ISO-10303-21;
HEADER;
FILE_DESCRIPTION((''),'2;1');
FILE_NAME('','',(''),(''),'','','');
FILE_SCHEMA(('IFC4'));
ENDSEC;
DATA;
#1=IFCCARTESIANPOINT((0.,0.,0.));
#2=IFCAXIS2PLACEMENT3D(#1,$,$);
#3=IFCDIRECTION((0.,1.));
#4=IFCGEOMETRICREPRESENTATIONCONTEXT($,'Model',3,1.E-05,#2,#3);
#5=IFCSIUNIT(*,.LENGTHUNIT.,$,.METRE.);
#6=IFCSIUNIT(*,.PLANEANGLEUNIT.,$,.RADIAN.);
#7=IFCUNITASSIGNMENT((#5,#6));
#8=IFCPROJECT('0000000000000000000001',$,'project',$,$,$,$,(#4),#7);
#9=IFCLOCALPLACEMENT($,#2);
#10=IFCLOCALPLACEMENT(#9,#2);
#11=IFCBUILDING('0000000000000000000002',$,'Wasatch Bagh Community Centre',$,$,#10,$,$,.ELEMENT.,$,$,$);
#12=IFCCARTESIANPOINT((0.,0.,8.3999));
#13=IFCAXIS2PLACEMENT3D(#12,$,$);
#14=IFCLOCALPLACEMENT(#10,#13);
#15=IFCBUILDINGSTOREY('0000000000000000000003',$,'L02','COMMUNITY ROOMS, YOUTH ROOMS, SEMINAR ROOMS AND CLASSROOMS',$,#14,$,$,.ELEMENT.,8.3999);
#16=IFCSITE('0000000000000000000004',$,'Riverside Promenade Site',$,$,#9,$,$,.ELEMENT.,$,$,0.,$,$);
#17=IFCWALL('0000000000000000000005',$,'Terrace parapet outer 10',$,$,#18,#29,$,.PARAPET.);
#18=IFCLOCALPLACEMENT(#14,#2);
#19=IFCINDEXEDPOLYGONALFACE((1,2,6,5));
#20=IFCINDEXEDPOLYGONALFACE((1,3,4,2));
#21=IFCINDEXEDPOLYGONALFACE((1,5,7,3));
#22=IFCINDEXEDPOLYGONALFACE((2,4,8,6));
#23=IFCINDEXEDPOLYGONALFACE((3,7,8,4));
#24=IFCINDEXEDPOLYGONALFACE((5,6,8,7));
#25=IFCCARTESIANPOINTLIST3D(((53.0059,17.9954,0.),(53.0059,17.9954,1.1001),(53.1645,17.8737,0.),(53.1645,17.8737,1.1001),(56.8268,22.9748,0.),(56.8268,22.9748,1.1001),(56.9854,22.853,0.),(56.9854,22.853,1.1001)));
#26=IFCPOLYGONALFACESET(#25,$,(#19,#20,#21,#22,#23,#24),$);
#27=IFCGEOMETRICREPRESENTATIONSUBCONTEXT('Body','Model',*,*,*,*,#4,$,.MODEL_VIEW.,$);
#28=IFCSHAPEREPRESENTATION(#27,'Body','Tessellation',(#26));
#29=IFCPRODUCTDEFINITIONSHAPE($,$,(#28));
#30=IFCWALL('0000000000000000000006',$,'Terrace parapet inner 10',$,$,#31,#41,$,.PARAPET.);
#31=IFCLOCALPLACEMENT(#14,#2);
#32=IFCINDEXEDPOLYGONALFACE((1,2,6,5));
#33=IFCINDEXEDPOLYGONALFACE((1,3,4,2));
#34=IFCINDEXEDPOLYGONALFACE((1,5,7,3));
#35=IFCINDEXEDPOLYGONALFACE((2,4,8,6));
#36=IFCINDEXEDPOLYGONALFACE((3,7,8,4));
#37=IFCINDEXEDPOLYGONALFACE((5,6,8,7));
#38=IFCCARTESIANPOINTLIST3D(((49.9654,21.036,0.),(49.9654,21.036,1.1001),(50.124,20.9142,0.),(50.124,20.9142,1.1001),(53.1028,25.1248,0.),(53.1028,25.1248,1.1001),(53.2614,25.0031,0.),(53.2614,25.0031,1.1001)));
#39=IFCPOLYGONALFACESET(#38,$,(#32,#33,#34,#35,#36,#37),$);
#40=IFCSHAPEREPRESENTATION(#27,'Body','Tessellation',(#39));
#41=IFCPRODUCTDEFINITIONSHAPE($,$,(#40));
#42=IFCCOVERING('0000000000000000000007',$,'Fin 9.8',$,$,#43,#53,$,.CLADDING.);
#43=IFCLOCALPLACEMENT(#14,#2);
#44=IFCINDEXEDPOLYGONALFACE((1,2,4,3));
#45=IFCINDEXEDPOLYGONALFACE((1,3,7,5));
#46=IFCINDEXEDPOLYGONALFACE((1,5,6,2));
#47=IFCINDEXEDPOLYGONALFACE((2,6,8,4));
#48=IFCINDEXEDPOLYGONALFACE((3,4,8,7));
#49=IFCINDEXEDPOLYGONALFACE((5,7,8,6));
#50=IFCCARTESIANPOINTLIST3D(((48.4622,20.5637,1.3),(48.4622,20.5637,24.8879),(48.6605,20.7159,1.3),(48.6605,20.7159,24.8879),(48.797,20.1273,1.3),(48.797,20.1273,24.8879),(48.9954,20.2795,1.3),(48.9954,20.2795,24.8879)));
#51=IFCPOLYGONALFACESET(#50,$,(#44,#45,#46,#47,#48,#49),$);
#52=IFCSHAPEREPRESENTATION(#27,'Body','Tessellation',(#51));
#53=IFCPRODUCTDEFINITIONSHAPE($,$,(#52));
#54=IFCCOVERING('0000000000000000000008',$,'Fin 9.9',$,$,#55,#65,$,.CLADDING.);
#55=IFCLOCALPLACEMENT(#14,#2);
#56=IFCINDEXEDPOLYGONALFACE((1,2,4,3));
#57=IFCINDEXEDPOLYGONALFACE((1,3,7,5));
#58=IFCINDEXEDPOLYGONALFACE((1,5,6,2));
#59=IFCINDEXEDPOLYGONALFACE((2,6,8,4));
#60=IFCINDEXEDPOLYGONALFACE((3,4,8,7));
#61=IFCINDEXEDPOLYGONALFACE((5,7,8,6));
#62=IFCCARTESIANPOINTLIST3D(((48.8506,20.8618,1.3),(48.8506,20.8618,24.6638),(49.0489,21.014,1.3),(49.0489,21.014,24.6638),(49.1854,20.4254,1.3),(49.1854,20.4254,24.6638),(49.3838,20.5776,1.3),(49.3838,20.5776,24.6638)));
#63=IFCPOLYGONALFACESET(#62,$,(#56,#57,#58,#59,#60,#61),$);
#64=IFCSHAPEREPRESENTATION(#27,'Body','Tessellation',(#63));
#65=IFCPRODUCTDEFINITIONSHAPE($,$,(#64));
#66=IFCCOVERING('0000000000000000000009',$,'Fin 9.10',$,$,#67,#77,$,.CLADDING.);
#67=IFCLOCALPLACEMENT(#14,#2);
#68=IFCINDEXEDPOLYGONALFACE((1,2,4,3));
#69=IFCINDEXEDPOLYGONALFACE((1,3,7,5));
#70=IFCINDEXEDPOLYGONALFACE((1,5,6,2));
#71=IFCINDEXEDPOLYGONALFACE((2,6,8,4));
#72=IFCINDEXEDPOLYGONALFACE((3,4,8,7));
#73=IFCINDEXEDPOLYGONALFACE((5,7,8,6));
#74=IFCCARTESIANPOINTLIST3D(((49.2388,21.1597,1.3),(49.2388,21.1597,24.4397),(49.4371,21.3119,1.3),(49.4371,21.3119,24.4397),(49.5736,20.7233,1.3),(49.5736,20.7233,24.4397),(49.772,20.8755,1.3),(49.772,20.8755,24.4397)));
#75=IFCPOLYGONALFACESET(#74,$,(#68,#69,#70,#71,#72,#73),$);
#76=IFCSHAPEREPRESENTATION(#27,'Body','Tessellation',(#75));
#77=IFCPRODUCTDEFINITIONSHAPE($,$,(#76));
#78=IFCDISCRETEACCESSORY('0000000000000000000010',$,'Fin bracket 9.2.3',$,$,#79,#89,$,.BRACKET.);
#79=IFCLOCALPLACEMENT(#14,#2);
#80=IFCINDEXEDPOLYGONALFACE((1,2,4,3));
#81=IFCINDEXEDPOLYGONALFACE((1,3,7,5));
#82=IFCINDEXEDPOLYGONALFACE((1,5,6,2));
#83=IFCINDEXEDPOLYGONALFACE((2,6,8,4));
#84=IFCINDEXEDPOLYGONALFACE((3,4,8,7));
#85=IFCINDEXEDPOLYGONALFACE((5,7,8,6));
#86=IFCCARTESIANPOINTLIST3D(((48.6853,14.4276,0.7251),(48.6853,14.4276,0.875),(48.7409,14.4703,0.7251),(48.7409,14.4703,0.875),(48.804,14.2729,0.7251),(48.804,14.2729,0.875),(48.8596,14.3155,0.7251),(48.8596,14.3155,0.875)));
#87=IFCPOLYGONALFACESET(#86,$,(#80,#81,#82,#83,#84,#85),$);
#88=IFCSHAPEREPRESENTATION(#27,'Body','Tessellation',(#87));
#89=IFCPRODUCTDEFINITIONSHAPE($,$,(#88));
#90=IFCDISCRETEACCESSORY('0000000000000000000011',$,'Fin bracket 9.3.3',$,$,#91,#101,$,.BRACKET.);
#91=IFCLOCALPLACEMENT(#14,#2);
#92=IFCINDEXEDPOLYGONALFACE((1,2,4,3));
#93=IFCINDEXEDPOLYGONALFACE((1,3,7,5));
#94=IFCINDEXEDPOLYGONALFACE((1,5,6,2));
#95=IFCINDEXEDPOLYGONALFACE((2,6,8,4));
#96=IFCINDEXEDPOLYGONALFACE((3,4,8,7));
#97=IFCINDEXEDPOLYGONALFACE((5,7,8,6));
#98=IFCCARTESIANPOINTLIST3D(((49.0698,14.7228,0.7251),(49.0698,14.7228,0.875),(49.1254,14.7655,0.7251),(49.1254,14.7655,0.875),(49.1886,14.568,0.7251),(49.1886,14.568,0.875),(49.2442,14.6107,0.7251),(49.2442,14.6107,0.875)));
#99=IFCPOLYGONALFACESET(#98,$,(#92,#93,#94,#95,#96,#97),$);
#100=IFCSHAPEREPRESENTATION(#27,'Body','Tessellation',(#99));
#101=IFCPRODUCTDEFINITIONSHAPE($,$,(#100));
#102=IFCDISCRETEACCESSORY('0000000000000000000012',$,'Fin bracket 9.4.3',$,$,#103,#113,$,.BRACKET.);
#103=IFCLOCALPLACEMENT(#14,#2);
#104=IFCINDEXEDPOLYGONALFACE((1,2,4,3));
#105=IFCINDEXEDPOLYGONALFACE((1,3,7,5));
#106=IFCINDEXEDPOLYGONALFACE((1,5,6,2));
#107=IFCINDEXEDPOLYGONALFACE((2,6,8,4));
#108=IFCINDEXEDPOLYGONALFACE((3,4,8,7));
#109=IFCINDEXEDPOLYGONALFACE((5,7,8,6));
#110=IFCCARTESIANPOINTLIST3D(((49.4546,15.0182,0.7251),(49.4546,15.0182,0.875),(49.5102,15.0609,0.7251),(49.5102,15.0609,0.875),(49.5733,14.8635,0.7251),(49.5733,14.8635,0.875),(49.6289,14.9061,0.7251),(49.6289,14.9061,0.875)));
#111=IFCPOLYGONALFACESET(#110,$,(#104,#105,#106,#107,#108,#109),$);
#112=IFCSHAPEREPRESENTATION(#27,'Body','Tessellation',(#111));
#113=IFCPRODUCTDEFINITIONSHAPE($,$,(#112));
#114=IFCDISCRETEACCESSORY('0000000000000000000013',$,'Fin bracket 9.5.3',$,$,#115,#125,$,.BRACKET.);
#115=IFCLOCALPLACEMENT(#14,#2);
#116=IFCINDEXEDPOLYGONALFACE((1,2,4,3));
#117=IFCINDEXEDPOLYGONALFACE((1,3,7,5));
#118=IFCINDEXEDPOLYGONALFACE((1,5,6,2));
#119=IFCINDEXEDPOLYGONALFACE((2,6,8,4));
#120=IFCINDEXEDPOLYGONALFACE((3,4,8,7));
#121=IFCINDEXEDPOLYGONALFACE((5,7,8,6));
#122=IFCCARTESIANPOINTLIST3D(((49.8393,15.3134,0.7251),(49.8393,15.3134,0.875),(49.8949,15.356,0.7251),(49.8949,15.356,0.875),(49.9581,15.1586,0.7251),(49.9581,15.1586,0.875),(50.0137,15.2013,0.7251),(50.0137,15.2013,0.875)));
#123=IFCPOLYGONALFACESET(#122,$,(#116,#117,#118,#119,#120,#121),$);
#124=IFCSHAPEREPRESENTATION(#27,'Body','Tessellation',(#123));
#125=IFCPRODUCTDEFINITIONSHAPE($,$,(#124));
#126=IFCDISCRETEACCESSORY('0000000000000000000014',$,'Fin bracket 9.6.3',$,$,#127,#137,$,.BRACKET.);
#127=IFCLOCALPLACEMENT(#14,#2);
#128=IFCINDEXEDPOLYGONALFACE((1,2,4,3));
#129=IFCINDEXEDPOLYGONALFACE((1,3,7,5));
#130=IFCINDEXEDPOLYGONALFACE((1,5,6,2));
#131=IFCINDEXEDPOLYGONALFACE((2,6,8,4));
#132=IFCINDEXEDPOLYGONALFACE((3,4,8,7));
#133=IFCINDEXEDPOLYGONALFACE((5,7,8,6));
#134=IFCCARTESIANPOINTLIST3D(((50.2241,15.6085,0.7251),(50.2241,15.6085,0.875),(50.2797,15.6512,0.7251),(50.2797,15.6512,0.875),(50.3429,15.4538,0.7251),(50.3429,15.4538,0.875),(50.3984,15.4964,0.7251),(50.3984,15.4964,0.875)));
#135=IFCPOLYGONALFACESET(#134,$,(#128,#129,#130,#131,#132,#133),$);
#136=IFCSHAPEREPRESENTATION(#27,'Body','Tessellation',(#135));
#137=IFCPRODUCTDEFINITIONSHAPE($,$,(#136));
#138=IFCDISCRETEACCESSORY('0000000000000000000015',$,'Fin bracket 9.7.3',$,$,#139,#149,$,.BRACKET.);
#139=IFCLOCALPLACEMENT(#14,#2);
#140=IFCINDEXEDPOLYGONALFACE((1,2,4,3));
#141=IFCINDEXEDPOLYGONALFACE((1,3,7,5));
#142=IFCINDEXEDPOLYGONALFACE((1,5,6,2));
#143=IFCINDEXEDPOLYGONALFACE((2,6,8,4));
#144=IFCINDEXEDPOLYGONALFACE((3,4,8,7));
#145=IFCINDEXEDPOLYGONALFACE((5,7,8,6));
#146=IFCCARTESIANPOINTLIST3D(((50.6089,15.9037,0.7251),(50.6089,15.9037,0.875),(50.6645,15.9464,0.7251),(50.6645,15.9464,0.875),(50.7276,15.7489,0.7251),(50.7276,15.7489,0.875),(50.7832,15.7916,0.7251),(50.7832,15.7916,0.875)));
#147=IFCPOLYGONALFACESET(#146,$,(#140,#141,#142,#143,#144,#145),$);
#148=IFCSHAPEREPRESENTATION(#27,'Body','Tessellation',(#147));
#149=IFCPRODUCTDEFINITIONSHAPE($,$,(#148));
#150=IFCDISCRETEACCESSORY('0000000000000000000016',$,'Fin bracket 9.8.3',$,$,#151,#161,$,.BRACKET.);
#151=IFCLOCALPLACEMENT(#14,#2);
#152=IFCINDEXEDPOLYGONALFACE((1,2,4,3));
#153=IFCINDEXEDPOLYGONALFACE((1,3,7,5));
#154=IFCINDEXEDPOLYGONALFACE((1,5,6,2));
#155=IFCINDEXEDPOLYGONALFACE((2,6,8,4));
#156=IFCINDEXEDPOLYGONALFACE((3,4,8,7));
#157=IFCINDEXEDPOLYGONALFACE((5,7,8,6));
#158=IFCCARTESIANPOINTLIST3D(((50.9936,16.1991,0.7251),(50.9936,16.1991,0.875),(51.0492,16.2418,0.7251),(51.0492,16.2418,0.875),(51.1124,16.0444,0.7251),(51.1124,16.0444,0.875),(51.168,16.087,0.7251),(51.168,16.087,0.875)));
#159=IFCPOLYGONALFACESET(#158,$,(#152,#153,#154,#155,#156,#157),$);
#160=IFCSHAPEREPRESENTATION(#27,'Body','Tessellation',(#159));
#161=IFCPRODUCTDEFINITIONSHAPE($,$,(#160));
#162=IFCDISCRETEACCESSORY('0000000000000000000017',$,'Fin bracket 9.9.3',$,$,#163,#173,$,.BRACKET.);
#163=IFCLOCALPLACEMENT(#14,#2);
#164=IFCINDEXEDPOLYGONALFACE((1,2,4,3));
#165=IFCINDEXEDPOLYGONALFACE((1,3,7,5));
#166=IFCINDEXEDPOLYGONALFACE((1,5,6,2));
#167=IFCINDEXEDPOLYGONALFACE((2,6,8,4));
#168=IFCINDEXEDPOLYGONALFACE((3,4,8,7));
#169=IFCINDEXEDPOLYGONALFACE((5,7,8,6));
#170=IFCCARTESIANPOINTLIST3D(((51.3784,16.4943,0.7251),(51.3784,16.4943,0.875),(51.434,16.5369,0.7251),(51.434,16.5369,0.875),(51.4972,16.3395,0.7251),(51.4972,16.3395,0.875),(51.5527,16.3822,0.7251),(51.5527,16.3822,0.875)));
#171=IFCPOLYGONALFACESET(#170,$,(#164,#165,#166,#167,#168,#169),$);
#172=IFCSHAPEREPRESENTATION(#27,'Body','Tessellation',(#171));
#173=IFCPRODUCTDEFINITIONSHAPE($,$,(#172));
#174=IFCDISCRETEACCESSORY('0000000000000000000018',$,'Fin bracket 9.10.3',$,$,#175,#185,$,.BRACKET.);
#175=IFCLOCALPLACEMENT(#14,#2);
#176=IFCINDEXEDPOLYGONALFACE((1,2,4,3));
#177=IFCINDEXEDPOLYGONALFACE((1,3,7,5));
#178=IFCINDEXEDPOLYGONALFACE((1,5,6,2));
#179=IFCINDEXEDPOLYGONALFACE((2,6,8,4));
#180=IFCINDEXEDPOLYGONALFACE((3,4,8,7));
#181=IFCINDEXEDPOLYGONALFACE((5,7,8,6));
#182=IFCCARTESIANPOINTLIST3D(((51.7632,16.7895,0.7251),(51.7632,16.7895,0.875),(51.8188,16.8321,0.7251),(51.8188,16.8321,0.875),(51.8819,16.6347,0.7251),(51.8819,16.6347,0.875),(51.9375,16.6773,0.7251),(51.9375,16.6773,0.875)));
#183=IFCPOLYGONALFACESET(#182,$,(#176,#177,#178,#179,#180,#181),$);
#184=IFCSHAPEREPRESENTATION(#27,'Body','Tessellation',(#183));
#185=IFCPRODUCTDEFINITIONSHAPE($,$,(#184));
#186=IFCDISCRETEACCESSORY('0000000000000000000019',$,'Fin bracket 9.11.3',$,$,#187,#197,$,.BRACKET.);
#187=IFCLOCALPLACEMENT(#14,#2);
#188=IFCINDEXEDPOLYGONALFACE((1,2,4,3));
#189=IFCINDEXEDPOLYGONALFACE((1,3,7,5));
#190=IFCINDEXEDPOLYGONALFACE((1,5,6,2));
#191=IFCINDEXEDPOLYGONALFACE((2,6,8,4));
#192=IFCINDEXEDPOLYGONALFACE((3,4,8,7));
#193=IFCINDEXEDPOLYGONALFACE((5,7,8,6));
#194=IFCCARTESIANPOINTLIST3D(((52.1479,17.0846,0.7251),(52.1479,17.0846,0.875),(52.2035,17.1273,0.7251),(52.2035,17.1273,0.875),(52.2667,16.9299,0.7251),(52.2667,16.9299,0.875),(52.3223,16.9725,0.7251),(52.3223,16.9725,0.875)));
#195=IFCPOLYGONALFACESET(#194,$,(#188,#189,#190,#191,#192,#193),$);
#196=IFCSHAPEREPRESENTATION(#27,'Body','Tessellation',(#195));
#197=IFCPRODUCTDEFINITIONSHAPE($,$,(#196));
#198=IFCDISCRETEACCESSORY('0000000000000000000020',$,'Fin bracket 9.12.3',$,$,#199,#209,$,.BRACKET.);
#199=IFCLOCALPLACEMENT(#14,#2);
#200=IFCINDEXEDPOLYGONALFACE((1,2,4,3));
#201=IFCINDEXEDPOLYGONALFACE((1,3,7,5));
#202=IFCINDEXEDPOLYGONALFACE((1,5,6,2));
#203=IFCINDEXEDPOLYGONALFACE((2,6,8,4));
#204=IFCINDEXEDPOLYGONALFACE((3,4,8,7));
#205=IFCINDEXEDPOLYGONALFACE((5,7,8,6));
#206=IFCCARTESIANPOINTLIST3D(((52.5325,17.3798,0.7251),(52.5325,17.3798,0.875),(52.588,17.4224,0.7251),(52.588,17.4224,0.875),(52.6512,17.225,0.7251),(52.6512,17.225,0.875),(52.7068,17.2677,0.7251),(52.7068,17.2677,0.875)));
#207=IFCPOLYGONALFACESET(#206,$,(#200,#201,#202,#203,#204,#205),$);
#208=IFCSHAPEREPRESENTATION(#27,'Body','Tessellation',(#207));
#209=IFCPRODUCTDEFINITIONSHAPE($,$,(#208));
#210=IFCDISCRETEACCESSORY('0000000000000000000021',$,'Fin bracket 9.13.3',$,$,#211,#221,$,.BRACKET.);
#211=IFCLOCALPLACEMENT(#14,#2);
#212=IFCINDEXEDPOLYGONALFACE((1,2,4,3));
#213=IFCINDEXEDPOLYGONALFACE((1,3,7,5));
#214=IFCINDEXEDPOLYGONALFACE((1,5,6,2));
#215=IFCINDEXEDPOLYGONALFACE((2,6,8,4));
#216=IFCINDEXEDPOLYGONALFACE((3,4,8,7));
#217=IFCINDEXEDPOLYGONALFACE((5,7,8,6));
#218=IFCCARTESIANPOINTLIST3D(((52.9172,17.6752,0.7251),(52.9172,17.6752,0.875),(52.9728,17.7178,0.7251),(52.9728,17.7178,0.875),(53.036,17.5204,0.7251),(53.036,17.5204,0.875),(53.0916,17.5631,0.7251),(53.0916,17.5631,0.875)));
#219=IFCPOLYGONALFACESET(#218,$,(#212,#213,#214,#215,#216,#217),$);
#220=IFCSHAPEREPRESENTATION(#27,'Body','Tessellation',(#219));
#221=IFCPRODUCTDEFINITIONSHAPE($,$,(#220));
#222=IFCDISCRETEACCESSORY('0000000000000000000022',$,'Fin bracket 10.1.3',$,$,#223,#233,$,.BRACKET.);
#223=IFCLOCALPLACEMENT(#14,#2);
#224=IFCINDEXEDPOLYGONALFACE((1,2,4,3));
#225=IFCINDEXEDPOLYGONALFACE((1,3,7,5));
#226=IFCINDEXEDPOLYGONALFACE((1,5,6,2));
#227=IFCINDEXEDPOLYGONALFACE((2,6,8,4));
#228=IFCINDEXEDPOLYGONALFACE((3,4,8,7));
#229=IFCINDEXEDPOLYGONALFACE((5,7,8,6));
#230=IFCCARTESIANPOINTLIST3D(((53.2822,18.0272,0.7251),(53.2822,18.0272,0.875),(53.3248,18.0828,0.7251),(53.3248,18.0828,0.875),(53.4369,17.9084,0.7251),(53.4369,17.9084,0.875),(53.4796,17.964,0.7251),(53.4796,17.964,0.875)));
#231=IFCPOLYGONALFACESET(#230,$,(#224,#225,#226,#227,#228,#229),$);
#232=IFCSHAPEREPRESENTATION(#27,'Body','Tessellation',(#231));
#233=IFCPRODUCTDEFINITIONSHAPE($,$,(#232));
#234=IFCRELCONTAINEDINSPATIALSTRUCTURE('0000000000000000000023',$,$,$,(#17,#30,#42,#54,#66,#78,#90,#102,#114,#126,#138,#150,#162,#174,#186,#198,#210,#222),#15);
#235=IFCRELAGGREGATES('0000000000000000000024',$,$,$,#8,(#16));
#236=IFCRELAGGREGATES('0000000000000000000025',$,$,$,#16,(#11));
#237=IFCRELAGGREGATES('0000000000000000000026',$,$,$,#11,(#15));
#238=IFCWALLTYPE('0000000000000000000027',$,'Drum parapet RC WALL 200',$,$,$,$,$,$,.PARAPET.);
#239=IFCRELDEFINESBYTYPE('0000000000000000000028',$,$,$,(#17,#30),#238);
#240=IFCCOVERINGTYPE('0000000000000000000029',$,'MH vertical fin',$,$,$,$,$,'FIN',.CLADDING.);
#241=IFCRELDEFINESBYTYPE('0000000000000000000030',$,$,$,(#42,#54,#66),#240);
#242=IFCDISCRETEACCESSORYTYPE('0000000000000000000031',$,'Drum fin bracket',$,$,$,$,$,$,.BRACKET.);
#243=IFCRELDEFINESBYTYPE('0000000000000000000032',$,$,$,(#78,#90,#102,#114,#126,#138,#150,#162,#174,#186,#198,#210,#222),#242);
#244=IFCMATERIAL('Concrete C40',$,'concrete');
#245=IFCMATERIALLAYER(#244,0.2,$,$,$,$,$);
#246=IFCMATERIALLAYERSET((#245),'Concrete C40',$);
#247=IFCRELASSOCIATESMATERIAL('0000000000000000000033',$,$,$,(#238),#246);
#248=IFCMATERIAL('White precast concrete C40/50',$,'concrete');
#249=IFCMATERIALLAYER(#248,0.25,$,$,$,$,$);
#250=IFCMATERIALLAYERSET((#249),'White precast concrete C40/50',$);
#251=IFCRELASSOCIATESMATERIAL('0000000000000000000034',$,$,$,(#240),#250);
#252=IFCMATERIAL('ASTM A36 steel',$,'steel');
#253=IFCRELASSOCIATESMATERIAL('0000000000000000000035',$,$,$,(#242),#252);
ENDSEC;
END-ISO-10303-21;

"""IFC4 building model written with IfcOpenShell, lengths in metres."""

from ifc_helpers import new_model, si_unit, direction, frame, frame_2d, origin, origin_2d, place, context, subcontext, project, spatial, rectangle, extrude, material, layer, layer_set, type_object, element, save


model = new_model("IFC4")

# Units and contexts
model_context = context("Model", 3, precision=1e-05, world=origin(), true_north=direction((0.0, 1.0)))
body_context = subcontext(model_context, "Body", "Model", "MODEL_VIEW")
ifc_project = project(units=[si_unit("LENGTHUNIT", "METRE"), si_unit("PLANEANGLEUNIT", "RADIAN")], contexts=[model_context])

# Site, building, storey
site_placement = place(None, origin())
site = spatial("IfcSite", under=ifc_project, at=site_placement, Name="Riverside Promenade Site", CompositionType="ELEMENT", RefElevation=0.0)
building_placement = place(site_placement, origin())
building = spatial("IfcBuilding", under=site, at=building_placement, Name="Wasatch Bagh Community Centre", CompositionType="ELEMENT")
storey_placement = place(building_placement, frame((0.0, 0.0, 8.3999)))
storey = spatial("IfcBuildingStorey", under=building, at=storey_placement, Name="L02", Description="COMMUNITY ROOMS, YOUTH ROOMS, SEMINAR ROOMS AND CLASSROOMS", CompositionType="ELEMENT", Elevation=8.3999)

# Walls
ifc_material_1 = material(Name="Concrete C40", Category="concrete")
ifc_layer_1 = layer(ifc_material_1, 0.2)
ifc_layer_set_1 = layer_set([ifc_layer_1], Name="Concrete C40")
wall_type = type_object("IfcWallType", Name="Drum parapet RC WALL 200", PredefinedType="PARAPET", material=ifc_layer_set_1)
wall_1_placement = place(storey_placement, frame((53.0852, 17.9346, 0.0), z_axis=(0.0, 0.0, 1.0), x_axis=(0.60877, 0.793346, 0.0)))
element("IfcWall", 1, at=wall_1_placement, inside=storey, type_object=wall_type, Name="Terrace parapet outer 10", PredefinedType="PARAPET", context=body_context, shape_type="SweptSolid", body=[
    extrude(rectangle(XDim=6.2764, YDim=0.2, at=frame_2d((3.1382, 0.0))), origin(), (0.0, 0.0, 1.0), 1.1001),
])
wall_2_placement = place(storey_placement, frame((50.0447, 20.9751, 0.0), z_axis=(0.0, 0.0, 1.0), x_axis=(0.608756, 0.793358, 0.0)))
element("IfcWall", 2, at=wall_2_placement, inside=storey, type_object=wall_type, Name="Terrace parapet inner 10", PredefinedType="PARAPET", context=body_context, shape_type="SweptSolid", body=[
    extrude(rectangle(XDim=5.1538, YDim=0.2, at=frame_2d((2.5769, 0.0))), origin(), (0.0, 0.0, 1.0), 1.1001),
])

# Coverings
ifc_material_2 = material(Name="White precast concrete C40/50", Category="concrete")
ifc_layer_2 = layer(ifc_material_2, 0.25)
ifc_layer_set_2 = layer_set([ifc_layer_2], Name="White precast concrete C40/50")
covering_type = type_object("IfcCoveringType", Name="MH vertical fin", ElementType="FIN", PredefinedType="CLADDING", material=ifc_layer_set_2)
covering_1_placement = place(storey_placement, frame((48.7288, 20.4216, 1.3), z_axis=(0.0, 0.0, 1.0), x_axis=(0.793353, 0.608761, 0.0)))
element("IfcCovering", 3, at=covering_1_placement, inside=storey, type_object=covering_type, Name="Fin 9.8", PredefinedType="CLADDING", context=body_context, shape_type="SweptSolid", body=[
    extrude(rectangle(XDim=0.25, YDim=0.55, at=origin_2d()), origin(), (0.0, 0.0, 1.0), 23.5879),
])
covering_2_placement = place(storey_placement, frame((49.1172, 20.7197, 1.3), z_axis=(0.0, 0.0, 1.0), x_axis=(0.793353, 0.608761, 0.0)))
element("IfcCovering", 4, at=covering_2_placement, inside=storey, type_object=covering_type, Name="Fin 9.9", PredefinedType="CLADDING", context=body_context, shape_type="SweptSolid", body=[
    extrude(rectangle(XDim=0.25, YDim=0.55, at=origin_2d()), origin(), (0.0, 0.0, 1.0), 23.3638),
])
covering_3_placement = place(storey_placement, frame((49.5054, 21.0176, 1.3), z_axis=(0.0, 0.0, 1.0), x_axis=(0.793353, 0.608761, 0.0)))
element("IfcCovering", 5, at=covering_3_placement, inside=storey, type_object=covering_type, Name="Fin 9.10", PredefinedType="CLADDING", context=body_context, shape_type="SweptSolid", body=[
    extrude(rectangle(XDim=0.25, YDim=0.55, at=origin_2d()), origin(), (0.0, 0.0, 1.0), 23.1396),
])

# Discrete accessories
ifc_material_3 = material(Name="ASTM A36 steel", Category="steel")
discrete_accessory_type_1 = type_object("IfcDiscreteAccessoryType", Name="Drum fin bracket", PredefinedType="BRACKET", material=ifc_material_3)
for number, where, z_axis, x_axis, name in (
    (6, (48.7725, 14.3716, 0.7251), (0.0, 0.0, 1.0), (0.793353, 0.608761, 0.0), "Fin bracket 9.2.3"),
    (7, (49.157, 14.6667, 0.7251), (0.0, 0.0, 1.0), (0.793353, 0.608761, 0.0), "Fin bracket 9.3.3"),
    (8, (49.5417, 14.9622, 0.7251), (0.0, 0.0, 1.0), (0.793353, 0.608761, 0.0), "Fin bracket 9.4.3"),
    (9, (49.9265, 15.2573, 0.7251), (0.0, 0.0, 1.0), (0.793353, 0.608761, 0.0), "Fin bracket 9.5.3"),
    (10, (50.3113, 15.5525, 0.7251), (0.0, 0.0, 1.0), (0.793353, 0.608761, 0.0), "Fin bracket 9.6.3"),
    (11, (50.696, 15.8477, 0.7251), (0.0, 0.0, 1.0), (0.793353, 0.608761, 0.0), "Fin bracket 9.7.3"),
    (12, (51.0808, 16.1431, 0.7251), (0.0, 0.0, 1.0), (0.793353, 0.608761, 0.0), "Fin bracket 9.8.3"),
    (13, (51.4656, 16.4382, 0.7251), (0.0, 0.0, 1.0), (0.793353, 0.608761, 0.0), "Fin bracket 9.9.3"),
    (14, (51.8503, 16.7334, 0.7251), (0.0, 0.0, 1.0), (0.793353, 0.608761, 0.0), "Fin bracket 9.10.3"),
    (15, (52.2351, 17.0286, 0.7251), (0.0, 0.0, 1.0), (0.793353, 0.608761, 0.0), "Fin bracket 9.11.3"),
    (16, (52.6196, 17.3237, 0.7251), (0.0, 0.0, 1.0), (0.793353, 0.608761, 0.0), "Fin bracket 9.12.3"),
    (17, (53.0044, 17.6191, 0.7251), (0.0, 0.0, 1.0), (0.793353, 0.608761, 0.0), "Fin bracket 9.13.3"),
    (18, (53.3809, 17.9956, 0.7251), (0.0, 0.0, 1.0), (0.608761, 0.793353, 0.0), "Fin bracket 10.1.3"),
):
    element("IfcDiscreteAccessory", number, at=place(storey_placement, frame(where, z_axis=z_axis, x_axis=x_axis)), inside=storey, type_object=discrete_accessory_type_1, Name=name, PredefinedType="BRACKET", context=body_context, shape_type="SweptSolid", body=[
        extrude(rectangle(XDim=0.0701, YDim=0.1951, at=origin_2d()), origin(), (0.0, 0.0, 1.0), 0.1499),
    ])

save(model, "model.ifc")
